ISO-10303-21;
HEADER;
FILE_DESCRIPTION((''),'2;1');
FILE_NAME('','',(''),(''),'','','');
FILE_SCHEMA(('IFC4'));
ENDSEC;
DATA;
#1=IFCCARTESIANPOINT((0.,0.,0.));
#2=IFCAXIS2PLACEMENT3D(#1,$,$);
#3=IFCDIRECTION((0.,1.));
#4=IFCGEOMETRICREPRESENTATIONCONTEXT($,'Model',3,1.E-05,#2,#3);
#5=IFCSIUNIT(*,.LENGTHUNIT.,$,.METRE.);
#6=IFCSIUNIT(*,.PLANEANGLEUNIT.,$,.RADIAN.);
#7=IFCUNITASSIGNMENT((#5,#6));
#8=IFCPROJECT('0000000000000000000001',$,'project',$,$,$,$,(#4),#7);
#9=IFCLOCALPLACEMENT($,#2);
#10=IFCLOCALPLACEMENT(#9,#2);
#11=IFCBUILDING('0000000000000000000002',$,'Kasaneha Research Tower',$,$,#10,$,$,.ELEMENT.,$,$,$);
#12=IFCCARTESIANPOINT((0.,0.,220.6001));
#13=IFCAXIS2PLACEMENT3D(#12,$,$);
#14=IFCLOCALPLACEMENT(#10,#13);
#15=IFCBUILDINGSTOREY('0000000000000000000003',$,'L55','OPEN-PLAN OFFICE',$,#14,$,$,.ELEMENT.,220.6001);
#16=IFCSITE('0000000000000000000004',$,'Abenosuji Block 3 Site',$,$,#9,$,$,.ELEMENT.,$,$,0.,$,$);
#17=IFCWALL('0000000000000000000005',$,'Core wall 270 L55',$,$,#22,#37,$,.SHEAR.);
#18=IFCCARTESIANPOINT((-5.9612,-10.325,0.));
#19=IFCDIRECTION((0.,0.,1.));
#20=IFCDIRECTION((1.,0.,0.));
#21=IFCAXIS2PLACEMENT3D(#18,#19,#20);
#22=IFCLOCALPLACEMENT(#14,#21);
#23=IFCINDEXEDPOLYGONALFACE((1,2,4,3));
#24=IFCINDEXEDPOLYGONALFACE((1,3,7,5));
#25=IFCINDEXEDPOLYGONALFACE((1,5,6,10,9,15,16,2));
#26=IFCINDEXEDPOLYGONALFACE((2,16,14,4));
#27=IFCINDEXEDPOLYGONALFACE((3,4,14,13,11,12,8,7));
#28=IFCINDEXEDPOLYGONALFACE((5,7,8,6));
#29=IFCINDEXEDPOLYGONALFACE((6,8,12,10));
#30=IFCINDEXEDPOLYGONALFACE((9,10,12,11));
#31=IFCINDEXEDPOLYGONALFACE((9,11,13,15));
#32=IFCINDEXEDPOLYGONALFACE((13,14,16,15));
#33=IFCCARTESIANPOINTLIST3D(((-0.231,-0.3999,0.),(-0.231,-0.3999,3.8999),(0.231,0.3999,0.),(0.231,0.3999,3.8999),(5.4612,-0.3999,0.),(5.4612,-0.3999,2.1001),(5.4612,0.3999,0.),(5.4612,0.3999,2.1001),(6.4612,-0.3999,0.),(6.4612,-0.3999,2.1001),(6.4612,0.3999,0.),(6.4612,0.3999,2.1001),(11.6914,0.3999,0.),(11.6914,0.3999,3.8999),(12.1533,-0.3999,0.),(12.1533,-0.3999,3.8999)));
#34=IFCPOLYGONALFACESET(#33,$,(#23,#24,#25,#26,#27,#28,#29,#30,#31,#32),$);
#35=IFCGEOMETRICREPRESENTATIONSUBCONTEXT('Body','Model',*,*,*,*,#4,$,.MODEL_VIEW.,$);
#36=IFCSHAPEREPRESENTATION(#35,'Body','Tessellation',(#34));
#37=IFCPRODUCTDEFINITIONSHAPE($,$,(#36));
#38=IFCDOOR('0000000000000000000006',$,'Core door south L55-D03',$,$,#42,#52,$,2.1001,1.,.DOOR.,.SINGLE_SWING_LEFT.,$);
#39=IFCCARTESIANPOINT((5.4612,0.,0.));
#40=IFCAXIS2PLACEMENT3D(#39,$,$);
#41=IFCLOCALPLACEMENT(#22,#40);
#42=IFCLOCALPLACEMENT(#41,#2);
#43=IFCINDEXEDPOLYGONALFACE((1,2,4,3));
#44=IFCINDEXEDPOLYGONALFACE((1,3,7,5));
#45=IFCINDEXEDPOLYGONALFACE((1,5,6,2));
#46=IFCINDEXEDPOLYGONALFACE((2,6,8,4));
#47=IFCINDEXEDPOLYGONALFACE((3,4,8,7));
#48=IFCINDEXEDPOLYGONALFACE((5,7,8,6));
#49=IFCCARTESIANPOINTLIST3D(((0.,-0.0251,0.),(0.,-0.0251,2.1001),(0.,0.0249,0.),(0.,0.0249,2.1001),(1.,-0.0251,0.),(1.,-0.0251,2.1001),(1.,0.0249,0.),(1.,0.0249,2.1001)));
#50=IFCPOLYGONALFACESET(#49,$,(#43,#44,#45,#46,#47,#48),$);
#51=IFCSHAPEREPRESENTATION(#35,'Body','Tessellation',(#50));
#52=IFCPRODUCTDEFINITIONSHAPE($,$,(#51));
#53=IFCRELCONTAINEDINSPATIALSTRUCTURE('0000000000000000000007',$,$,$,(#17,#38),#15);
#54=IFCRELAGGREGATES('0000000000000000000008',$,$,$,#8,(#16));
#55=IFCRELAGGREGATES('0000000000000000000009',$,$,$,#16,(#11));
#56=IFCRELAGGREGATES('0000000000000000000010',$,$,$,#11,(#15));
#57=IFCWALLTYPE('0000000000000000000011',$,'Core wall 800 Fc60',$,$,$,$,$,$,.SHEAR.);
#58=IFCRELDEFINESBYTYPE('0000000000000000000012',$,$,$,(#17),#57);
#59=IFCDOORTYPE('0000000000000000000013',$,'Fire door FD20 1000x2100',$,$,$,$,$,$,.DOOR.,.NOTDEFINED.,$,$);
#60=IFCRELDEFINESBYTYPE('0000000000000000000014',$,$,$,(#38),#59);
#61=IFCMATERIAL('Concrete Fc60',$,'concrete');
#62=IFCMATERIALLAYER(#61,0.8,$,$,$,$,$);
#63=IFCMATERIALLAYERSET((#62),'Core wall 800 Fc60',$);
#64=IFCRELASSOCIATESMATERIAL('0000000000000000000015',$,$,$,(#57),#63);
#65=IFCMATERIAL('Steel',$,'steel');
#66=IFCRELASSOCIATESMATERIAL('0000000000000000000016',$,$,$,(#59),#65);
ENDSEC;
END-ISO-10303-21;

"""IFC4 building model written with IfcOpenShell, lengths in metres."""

from ifc_helpers import new_model, si_unit, direction, frame, frame_2d, origin, place, context, subcontext, project, spatial, polyline, rectangle, outline, extrude, material, layer, layer_set, type_object, element, fill, save


model = new_model("IFC4")

# Units and contexts
model_context = context("Model", 3, precision=1e-05, world=origin(), true_north=direction((0.0, 1.0)))
body_context = subcontext(model_context, "Body", "Model", "MODEL_VIEW")
ifc_project = project(units=[si_unit("LENGTHUNIT", "METRE"), si_unit("PLANEANGLEUNIT", "RADIAN")], contexts=[model_context])

# Site, building, storey
site_placement = place(None, origin())
site = spatial("IfcSite", under=ifc_project, at=site_placement, Name="Abenosuji Block 3 Site", CompositionType="ELEMENT", RefElevation=0.0)
building_placement = place(site_placement, origin())
building = spatial("IfcBuilding", under=site, at=building_placement, Name="Kasaneha Research Tower", CompositionType="ELEMENT")
storey_placement = place(building_placement, frame((0.0, 0.0, 220.6001)))
storey = spatial("IfcBuildingStorey", under=building, at=storey_placement, Name="L55", Description="OPEN-PLAN OFFICE", CompositionType="ELEMENT", Elevation=220.6001)

# Wall, opening, door
ifc_material_1 = material(Name="Concrete Fc60", Category="concrete")
ifc_layer_1 = layer(ifc_material_1, 0.8)
ifc_layer_set_1 = layer_set([ifc_layer_1], Name="Core wall 800 Fc60")
wall_type_1 = type_object("IfcWallType", Name="Core wall 800 Fc60", PredefinedType="SHEAR", material=ifc_layer_set_1)
wall_1_placement = place(storey_placement, frame((-5.9612, -10.325, 0.0), z_axis=(0.0, 0.0, 1.0), x_axis=(1.0, 0.0, 0.0)))
wall_1 = element("IfcWall", 1, at=wall_1_placement, inside=storey, type_object=wall_type_1, Name="Core wall 270 L55", PredefinedType="SHEAR", context=body_context, shape_type="SweptSolid", body=[
    extrude(outline(polyline([(-0.231, -0.3999), (5.4612, -0.3999), (6.4612, -0.3999), (12.1533, -0.3999), (11.6914, 0.3999), (6.4612, 0.3999), (5.4612, 0.3999), (0.231, 0.3999), (-0.231, -0.3999)])), origin(), (0.0, 0.0, 1.0), 3.8999),
])
opening_1_placement = place(wall_1_placement, frame((5.4612, 0.0, 0.0)))
opening_1 = element("IfcOpeningElement", 2, at=opening_1_placement, cuts=wall_1, PredefinedType="OPENING", context=body_context, shape_type="SweptSolid", body=[
    extrude(rectangle(XDim=1.0, YDim=2.1001, at=frame_2d((0.5, 1.05))), frame((0.0, 0.4102, 0.0), z_axis=(0.0, -1.0, 0.0), x_axis=(1.0, 0.0, 0.0)), (0.0, 0.0, 1.0), 0.8201),
])
ifc_material_2 = material(Name="Steel", Category="steel")
door_type_1 = type_object("IfcDoorType", Name="Fire door FD20 1000x2100", OperationType="NOTDEFINED", PredefinedType="DOOR", material=ifc_material_2)
door_1_placement = place(opening_1_placement, origin())
door_1 = element("IfcDoor", 3, at=door_1_placement, inside=storey, type_object=door_type_1, Name="Core door south L55-D03", OperationType="SINGLE_SWING_LEFT", OverallHeight=2.1001, OverallWidth=1.0, PredefinedType="DOOR", context=body_context, shape_type="SweptSolid", body=[
    extrude(rectangle(XDim=1.0, YDim=2.1001, at=frame_2d((0.5, 1.05))), frame((0.0, 0.0249, 0.0), z_axis=(0.0, -1.0, 0.0), x_axis=(1.0, 0.0, 0.0)), (0.0, 0.0, 1.0), 0.05),
])
fill(opening_1, door_1)

save(model, "model.ifc")
